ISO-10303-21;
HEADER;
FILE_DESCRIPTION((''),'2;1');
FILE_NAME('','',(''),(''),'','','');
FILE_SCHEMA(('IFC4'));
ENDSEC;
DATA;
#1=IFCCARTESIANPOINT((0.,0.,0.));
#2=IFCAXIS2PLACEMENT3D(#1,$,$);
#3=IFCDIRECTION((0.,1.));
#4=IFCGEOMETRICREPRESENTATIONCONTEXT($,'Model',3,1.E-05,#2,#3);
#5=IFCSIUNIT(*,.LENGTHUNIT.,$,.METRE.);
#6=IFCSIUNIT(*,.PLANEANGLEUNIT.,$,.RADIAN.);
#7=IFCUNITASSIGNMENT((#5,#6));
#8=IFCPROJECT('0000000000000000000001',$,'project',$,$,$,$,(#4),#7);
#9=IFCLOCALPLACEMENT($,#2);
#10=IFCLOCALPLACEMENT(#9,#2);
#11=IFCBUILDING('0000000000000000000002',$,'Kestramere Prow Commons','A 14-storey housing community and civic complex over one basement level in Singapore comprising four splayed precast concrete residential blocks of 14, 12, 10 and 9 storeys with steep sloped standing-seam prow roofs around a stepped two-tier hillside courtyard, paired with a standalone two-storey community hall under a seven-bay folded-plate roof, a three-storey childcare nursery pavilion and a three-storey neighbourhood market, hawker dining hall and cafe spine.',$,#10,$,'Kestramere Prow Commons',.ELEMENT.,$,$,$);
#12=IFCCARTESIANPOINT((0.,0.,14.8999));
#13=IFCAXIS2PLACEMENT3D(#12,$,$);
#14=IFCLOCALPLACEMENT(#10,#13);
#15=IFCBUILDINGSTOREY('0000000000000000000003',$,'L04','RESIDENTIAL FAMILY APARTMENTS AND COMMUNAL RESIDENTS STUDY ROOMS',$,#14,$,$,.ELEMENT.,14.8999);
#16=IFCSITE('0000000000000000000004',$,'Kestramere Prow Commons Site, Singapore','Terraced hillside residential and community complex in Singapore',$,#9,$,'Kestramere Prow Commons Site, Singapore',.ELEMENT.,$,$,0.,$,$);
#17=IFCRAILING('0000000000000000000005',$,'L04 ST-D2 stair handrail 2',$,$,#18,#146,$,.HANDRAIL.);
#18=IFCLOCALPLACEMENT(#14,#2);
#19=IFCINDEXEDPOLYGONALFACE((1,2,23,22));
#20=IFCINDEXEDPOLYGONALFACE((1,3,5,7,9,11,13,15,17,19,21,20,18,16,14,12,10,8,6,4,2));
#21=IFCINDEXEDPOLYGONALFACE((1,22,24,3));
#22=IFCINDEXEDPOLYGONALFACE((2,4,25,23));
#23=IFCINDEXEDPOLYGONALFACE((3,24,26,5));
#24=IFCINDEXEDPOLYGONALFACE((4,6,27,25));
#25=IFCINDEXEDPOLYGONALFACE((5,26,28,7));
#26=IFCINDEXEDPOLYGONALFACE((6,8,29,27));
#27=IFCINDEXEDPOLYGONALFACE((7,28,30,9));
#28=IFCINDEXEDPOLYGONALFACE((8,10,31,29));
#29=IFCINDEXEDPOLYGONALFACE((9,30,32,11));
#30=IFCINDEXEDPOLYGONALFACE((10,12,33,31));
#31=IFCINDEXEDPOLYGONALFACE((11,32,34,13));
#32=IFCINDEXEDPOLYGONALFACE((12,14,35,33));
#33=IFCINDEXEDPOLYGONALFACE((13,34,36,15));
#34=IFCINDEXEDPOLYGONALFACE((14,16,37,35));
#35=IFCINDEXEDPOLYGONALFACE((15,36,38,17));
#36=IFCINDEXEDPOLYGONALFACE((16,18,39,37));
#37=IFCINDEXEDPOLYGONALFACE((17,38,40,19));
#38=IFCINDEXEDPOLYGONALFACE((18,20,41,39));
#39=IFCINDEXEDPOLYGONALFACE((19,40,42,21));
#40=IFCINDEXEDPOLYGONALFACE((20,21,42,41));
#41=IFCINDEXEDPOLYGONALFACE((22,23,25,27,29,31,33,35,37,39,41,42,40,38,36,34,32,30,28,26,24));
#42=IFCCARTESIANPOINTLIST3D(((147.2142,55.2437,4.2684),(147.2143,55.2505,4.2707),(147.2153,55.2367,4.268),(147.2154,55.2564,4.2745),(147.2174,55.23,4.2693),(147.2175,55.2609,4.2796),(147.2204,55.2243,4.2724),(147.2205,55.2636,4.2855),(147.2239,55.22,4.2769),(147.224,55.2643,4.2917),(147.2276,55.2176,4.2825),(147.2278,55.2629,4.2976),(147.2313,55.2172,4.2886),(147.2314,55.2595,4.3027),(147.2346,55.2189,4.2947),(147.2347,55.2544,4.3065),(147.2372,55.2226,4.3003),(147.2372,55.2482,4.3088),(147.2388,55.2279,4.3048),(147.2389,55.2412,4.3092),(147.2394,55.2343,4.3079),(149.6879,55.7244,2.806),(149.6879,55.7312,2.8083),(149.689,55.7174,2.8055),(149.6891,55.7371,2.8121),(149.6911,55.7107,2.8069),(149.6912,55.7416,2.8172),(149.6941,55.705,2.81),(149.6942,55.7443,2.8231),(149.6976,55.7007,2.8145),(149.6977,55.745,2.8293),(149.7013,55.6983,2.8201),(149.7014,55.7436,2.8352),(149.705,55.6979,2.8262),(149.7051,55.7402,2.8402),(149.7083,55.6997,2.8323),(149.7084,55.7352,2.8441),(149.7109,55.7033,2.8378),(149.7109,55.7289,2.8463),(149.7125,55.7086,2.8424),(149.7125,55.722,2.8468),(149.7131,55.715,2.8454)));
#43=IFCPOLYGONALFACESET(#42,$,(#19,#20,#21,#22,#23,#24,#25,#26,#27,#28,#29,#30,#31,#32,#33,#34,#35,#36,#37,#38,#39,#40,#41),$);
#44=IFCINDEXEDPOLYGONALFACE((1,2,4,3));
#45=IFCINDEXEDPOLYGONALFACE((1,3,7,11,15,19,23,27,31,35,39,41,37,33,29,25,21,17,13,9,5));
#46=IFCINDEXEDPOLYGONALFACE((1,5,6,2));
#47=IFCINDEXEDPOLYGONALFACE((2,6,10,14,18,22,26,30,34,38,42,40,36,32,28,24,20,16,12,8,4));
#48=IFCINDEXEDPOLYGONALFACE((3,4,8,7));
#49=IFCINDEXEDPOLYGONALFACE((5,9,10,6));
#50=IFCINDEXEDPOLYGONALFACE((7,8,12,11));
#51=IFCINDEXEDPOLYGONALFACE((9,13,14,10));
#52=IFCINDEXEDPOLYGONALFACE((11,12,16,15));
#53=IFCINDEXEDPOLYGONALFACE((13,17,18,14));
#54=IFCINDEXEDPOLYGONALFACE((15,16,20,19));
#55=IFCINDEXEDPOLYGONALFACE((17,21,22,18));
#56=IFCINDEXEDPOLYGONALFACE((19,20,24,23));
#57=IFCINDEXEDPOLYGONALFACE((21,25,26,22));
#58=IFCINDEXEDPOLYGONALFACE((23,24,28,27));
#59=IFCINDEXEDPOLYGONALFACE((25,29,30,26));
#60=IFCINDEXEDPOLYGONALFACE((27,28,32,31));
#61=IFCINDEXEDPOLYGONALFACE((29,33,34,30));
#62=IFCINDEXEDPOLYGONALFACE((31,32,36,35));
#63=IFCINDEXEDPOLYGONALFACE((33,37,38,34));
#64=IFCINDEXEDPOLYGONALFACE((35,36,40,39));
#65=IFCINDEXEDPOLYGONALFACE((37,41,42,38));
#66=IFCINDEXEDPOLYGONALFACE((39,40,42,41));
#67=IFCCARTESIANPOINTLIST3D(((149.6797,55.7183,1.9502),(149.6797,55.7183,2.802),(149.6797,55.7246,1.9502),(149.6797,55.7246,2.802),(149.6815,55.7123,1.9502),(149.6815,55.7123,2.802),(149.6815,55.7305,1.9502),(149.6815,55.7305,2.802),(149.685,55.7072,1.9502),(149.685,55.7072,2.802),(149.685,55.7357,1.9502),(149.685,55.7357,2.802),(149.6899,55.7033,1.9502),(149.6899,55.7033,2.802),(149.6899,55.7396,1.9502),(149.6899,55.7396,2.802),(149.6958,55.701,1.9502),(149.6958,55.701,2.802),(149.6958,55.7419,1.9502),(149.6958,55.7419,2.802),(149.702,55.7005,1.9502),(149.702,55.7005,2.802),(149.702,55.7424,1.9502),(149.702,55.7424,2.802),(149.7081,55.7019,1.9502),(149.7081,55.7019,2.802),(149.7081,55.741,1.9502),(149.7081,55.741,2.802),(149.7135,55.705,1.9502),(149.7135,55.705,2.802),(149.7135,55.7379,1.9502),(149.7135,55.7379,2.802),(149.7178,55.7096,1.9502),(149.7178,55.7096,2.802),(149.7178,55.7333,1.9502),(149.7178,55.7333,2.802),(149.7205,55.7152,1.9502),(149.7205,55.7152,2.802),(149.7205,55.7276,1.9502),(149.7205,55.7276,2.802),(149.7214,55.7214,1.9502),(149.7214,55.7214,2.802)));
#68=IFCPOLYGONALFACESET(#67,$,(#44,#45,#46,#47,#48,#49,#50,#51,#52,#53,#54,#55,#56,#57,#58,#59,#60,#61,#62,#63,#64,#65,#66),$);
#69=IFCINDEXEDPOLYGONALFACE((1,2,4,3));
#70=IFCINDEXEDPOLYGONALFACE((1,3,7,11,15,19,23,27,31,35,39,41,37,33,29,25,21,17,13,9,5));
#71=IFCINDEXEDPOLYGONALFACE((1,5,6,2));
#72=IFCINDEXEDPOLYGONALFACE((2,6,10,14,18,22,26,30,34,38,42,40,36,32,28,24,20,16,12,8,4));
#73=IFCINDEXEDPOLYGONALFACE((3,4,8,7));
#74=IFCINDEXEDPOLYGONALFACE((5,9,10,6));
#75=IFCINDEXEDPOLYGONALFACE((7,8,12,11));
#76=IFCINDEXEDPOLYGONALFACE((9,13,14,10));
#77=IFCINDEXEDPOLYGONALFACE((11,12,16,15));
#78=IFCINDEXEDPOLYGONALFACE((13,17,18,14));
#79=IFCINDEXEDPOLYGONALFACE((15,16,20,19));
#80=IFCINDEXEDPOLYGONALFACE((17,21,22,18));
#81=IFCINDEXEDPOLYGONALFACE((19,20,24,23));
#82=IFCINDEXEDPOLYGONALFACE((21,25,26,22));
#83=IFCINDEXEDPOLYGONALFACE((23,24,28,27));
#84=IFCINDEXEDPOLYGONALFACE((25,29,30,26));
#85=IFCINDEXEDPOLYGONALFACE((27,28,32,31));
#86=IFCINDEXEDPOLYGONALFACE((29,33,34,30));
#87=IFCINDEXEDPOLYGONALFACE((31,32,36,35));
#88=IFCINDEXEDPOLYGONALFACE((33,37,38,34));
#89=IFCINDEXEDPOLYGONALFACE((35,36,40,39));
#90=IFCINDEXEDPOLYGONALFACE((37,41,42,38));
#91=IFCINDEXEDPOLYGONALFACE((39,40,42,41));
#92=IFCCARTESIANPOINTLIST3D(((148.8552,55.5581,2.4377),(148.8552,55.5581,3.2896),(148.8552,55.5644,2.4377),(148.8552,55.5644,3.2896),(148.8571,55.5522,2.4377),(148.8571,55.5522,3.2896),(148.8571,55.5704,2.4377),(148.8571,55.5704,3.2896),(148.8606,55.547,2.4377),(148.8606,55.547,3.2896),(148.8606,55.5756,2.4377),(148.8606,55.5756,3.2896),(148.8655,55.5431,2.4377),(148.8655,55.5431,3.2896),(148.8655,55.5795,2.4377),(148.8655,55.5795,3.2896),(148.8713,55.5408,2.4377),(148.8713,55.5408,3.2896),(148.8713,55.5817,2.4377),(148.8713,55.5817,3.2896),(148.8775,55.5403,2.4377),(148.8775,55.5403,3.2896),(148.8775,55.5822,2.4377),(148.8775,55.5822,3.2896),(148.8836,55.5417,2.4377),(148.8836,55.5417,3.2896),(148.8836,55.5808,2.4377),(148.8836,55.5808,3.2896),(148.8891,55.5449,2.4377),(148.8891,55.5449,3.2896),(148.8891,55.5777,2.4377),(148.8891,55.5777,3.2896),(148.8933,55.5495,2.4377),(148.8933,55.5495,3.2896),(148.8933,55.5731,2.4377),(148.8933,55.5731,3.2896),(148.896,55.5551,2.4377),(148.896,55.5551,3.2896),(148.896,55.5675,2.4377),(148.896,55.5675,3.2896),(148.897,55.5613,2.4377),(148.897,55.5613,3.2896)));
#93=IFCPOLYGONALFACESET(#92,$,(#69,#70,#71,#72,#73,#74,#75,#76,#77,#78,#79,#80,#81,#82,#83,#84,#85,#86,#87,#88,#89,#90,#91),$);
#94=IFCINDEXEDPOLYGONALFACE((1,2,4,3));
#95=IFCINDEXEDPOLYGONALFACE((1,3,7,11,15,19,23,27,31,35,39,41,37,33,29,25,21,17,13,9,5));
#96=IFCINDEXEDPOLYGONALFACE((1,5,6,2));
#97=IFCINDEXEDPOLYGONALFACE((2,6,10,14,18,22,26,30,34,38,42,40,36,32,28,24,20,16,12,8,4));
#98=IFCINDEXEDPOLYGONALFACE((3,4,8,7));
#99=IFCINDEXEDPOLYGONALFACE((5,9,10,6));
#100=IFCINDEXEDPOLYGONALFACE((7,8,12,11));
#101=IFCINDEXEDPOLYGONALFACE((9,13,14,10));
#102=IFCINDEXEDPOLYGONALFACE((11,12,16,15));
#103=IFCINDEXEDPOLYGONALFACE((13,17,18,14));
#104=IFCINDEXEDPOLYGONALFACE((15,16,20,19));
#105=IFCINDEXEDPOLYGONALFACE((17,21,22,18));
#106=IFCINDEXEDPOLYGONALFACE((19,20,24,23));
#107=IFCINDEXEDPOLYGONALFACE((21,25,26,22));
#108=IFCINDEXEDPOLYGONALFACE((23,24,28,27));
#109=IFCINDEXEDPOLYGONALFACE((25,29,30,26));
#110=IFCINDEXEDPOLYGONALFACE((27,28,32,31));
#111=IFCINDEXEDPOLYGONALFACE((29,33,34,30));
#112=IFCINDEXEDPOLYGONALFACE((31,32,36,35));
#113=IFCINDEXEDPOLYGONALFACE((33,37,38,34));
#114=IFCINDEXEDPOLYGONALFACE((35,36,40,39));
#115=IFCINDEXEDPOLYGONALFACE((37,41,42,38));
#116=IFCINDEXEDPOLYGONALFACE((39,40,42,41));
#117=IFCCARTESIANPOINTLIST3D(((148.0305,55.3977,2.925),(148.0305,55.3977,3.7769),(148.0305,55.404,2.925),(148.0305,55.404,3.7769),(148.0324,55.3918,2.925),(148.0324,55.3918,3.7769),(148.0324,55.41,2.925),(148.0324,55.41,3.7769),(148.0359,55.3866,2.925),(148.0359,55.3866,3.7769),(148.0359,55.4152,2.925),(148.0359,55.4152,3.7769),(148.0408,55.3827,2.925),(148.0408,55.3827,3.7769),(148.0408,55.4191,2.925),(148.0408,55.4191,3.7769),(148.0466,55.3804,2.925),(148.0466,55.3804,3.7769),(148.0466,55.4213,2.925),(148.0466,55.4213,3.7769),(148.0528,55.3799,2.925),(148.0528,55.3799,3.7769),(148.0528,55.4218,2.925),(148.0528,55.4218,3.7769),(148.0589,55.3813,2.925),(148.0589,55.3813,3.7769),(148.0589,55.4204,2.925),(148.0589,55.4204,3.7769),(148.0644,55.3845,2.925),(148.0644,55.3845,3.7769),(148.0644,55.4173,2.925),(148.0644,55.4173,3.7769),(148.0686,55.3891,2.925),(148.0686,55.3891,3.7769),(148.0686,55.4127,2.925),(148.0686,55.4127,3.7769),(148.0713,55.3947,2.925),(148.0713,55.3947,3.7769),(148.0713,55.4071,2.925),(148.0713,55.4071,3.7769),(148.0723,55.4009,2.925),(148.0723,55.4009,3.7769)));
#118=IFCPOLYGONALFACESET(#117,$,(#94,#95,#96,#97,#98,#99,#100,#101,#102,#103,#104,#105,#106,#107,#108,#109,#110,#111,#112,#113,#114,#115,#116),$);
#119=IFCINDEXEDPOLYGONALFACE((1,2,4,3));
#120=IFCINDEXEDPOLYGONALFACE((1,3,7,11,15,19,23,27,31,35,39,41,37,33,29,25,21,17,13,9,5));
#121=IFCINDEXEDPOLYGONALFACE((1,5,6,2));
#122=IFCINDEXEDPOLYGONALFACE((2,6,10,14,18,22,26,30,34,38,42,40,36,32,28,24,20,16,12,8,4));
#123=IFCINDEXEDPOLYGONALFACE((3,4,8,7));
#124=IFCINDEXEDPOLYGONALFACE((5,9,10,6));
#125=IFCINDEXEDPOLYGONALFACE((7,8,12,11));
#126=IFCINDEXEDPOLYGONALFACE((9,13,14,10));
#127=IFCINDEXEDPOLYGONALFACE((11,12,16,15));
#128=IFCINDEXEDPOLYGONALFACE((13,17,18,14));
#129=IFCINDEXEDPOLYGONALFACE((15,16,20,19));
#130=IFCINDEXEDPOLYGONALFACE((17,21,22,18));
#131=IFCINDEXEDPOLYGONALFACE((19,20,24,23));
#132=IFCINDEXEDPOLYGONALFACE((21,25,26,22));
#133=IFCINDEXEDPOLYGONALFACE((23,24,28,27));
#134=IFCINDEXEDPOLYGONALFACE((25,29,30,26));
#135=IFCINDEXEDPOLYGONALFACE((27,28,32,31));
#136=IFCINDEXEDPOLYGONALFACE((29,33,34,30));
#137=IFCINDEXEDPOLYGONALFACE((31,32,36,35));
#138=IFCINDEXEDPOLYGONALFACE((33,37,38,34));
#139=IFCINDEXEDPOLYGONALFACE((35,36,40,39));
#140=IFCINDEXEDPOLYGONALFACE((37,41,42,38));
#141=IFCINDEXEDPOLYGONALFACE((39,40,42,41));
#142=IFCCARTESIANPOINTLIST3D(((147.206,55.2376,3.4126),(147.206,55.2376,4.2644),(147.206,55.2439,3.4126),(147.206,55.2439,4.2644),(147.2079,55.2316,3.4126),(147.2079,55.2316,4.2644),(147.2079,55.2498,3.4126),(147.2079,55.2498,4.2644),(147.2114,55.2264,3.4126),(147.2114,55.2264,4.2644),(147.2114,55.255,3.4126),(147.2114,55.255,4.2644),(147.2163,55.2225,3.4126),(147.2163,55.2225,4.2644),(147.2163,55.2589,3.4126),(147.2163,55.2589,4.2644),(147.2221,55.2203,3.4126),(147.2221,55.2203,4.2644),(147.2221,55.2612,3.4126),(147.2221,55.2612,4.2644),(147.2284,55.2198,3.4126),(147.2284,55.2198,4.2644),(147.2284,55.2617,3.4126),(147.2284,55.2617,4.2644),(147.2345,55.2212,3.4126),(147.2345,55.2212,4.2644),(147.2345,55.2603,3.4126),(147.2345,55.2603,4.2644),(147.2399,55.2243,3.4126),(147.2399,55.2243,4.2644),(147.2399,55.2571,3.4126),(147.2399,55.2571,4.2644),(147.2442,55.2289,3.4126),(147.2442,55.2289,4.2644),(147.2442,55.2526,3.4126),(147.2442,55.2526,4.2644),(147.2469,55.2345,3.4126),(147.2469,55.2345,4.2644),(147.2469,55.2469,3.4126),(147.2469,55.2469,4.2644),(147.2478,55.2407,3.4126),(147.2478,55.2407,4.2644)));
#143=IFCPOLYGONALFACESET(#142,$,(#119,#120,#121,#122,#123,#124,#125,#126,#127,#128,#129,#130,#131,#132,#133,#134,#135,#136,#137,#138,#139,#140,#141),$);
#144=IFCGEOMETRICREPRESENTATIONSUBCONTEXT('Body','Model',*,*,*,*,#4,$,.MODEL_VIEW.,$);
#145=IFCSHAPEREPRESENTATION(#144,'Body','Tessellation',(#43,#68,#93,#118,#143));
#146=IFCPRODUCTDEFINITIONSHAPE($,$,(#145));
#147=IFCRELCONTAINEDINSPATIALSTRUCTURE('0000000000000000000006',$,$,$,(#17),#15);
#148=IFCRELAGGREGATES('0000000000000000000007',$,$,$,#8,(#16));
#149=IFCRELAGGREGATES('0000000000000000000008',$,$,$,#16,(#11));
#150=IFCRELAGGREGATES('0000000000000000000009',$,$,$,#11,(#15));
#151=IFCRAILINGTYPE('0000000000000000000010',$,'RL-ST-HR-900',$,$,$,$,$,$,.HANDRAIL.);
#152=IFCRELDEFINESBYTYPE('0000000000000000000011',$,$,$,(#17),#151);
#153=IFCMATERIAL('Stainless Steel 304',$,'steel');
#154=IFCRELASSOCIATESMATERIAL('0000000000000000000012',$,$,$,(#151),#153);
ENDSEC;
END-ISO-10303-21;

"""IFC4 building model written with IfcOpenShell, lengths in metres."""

from ifc_helpers import new_model, si_unit, direction, frame, origin, origin_2d, place, context, subcontext, project, spatial, circle, extrude, material, type_object, element, save


model = new_model("IFC4")

# Units and contexts
model_context = context("Model", 3, precision=1e-05, world=origin(), true_north=direction((0.0, 1.0)))
body_context = subcontext(model_context, "Body", "Model", "MODEL_VIEW")
ifc_project = project(units=[si_unit("LENGTHUNIT", "METRE"), si_unit("PLANEANGLEUNIT", "RADIAN")], contexts=[model_context])

# Site, building, storey
site_placement = place(None, origin())
site = spatial("IfcSite", under=ifc_project, at=site_placement, Name="Kestramere Prow Commons Site, Singapore", Description="Terraced hillside residential and community complex in Singapore", LongName="Kestramere Prow Commons Site, Singapore", CompositionType="ELEMENT", RefElevation=0.0)
building_placement = place(site_placement, origin())
building = spatial("IfcBuilding", under=site, at=building_placement, Name="Kestramere Prow Commons", Description="A 14-storey housing community and civic complex over one basement level in Singapore comprising four splayed precast concrete residential blocks of 14, 12, 10 and 9 storeys with steep sloped standing-seam prow roofs around a stepped two-tier hillside courtyard, paired with a standalone two-storey community hall under a seven-bay folded-plate roof, a three-storey childcare nursery pavilion and a three-storey neighbourhood market, hawker dining hall and cafe spine.", LongName="Kestramere Prow Commons", CompositionType="ELEMENT")
storey_placement = place(building_placement, frame((0.0, 0.0, 14.8999)))
storey = spatial("IfcBuildingStorey", under=building, at=storey_placement, Name="L04", Description="RESIDENTIAL FAMILY APARTMENTS AND COMMUNAL RESIDENTS STUDY ROOMS", CompositionType="ELEMENT", Elevation=14.8999)

# Railing
ifc_material_1 = material(Name="Stainless Steel 304", Category="steel")
railing_type_1 = type_object("IfcRailingType", Name="RL-ST-HR-900", PredefinedType="HANDRAIL", material=ifc_material_1)
railing_1_placement = place(storey_placement, frame((149.7004, 55.7214, 1.9502)))
element("IfcRailing", 1, at=railing_1_placement, inside=storey, type_object=railing_type_1, Name="L04 ST-D2 stair handrail 2", PredefinedType="HANDRAIL", context=body_context, shape_type="SweptSolid", body=[
    extrude(circle(Radius=0.0239, at=origin_2d()), frame((0.0, 0.0, 0.876), z_axis=(-0.84902, -0.164994, 0.501938), x_axis=(0.190766, -0.981636, 0.0)), (0.0, 0.0, 1.0), 2.9136),
    extrude(circle(Radius=0.021, at=origin_2d()), origin(), (0.0, 0.0, 1.0), 0.8518),
    extrude(circle(Radius=0.021, at=origin_2d()), frame((-0.8245, -0.1602, 0.4875)), (0.0, 0.0, 1.0), 0.8518),
    extrude(circle(Radius=0.021, at=origin_2d()), frame((-1.6492, -0.3206, 0.9749)), (0.0, 0.0, 1.0), 0.8518),
    extrude(circle(Radius=0.021, at=origin_2d()), frame((-2.4736, -0.4807, 1.4624)), (0.0, 0.0, 1.0), 0.8518),
])

save(model, "model.ifc")
